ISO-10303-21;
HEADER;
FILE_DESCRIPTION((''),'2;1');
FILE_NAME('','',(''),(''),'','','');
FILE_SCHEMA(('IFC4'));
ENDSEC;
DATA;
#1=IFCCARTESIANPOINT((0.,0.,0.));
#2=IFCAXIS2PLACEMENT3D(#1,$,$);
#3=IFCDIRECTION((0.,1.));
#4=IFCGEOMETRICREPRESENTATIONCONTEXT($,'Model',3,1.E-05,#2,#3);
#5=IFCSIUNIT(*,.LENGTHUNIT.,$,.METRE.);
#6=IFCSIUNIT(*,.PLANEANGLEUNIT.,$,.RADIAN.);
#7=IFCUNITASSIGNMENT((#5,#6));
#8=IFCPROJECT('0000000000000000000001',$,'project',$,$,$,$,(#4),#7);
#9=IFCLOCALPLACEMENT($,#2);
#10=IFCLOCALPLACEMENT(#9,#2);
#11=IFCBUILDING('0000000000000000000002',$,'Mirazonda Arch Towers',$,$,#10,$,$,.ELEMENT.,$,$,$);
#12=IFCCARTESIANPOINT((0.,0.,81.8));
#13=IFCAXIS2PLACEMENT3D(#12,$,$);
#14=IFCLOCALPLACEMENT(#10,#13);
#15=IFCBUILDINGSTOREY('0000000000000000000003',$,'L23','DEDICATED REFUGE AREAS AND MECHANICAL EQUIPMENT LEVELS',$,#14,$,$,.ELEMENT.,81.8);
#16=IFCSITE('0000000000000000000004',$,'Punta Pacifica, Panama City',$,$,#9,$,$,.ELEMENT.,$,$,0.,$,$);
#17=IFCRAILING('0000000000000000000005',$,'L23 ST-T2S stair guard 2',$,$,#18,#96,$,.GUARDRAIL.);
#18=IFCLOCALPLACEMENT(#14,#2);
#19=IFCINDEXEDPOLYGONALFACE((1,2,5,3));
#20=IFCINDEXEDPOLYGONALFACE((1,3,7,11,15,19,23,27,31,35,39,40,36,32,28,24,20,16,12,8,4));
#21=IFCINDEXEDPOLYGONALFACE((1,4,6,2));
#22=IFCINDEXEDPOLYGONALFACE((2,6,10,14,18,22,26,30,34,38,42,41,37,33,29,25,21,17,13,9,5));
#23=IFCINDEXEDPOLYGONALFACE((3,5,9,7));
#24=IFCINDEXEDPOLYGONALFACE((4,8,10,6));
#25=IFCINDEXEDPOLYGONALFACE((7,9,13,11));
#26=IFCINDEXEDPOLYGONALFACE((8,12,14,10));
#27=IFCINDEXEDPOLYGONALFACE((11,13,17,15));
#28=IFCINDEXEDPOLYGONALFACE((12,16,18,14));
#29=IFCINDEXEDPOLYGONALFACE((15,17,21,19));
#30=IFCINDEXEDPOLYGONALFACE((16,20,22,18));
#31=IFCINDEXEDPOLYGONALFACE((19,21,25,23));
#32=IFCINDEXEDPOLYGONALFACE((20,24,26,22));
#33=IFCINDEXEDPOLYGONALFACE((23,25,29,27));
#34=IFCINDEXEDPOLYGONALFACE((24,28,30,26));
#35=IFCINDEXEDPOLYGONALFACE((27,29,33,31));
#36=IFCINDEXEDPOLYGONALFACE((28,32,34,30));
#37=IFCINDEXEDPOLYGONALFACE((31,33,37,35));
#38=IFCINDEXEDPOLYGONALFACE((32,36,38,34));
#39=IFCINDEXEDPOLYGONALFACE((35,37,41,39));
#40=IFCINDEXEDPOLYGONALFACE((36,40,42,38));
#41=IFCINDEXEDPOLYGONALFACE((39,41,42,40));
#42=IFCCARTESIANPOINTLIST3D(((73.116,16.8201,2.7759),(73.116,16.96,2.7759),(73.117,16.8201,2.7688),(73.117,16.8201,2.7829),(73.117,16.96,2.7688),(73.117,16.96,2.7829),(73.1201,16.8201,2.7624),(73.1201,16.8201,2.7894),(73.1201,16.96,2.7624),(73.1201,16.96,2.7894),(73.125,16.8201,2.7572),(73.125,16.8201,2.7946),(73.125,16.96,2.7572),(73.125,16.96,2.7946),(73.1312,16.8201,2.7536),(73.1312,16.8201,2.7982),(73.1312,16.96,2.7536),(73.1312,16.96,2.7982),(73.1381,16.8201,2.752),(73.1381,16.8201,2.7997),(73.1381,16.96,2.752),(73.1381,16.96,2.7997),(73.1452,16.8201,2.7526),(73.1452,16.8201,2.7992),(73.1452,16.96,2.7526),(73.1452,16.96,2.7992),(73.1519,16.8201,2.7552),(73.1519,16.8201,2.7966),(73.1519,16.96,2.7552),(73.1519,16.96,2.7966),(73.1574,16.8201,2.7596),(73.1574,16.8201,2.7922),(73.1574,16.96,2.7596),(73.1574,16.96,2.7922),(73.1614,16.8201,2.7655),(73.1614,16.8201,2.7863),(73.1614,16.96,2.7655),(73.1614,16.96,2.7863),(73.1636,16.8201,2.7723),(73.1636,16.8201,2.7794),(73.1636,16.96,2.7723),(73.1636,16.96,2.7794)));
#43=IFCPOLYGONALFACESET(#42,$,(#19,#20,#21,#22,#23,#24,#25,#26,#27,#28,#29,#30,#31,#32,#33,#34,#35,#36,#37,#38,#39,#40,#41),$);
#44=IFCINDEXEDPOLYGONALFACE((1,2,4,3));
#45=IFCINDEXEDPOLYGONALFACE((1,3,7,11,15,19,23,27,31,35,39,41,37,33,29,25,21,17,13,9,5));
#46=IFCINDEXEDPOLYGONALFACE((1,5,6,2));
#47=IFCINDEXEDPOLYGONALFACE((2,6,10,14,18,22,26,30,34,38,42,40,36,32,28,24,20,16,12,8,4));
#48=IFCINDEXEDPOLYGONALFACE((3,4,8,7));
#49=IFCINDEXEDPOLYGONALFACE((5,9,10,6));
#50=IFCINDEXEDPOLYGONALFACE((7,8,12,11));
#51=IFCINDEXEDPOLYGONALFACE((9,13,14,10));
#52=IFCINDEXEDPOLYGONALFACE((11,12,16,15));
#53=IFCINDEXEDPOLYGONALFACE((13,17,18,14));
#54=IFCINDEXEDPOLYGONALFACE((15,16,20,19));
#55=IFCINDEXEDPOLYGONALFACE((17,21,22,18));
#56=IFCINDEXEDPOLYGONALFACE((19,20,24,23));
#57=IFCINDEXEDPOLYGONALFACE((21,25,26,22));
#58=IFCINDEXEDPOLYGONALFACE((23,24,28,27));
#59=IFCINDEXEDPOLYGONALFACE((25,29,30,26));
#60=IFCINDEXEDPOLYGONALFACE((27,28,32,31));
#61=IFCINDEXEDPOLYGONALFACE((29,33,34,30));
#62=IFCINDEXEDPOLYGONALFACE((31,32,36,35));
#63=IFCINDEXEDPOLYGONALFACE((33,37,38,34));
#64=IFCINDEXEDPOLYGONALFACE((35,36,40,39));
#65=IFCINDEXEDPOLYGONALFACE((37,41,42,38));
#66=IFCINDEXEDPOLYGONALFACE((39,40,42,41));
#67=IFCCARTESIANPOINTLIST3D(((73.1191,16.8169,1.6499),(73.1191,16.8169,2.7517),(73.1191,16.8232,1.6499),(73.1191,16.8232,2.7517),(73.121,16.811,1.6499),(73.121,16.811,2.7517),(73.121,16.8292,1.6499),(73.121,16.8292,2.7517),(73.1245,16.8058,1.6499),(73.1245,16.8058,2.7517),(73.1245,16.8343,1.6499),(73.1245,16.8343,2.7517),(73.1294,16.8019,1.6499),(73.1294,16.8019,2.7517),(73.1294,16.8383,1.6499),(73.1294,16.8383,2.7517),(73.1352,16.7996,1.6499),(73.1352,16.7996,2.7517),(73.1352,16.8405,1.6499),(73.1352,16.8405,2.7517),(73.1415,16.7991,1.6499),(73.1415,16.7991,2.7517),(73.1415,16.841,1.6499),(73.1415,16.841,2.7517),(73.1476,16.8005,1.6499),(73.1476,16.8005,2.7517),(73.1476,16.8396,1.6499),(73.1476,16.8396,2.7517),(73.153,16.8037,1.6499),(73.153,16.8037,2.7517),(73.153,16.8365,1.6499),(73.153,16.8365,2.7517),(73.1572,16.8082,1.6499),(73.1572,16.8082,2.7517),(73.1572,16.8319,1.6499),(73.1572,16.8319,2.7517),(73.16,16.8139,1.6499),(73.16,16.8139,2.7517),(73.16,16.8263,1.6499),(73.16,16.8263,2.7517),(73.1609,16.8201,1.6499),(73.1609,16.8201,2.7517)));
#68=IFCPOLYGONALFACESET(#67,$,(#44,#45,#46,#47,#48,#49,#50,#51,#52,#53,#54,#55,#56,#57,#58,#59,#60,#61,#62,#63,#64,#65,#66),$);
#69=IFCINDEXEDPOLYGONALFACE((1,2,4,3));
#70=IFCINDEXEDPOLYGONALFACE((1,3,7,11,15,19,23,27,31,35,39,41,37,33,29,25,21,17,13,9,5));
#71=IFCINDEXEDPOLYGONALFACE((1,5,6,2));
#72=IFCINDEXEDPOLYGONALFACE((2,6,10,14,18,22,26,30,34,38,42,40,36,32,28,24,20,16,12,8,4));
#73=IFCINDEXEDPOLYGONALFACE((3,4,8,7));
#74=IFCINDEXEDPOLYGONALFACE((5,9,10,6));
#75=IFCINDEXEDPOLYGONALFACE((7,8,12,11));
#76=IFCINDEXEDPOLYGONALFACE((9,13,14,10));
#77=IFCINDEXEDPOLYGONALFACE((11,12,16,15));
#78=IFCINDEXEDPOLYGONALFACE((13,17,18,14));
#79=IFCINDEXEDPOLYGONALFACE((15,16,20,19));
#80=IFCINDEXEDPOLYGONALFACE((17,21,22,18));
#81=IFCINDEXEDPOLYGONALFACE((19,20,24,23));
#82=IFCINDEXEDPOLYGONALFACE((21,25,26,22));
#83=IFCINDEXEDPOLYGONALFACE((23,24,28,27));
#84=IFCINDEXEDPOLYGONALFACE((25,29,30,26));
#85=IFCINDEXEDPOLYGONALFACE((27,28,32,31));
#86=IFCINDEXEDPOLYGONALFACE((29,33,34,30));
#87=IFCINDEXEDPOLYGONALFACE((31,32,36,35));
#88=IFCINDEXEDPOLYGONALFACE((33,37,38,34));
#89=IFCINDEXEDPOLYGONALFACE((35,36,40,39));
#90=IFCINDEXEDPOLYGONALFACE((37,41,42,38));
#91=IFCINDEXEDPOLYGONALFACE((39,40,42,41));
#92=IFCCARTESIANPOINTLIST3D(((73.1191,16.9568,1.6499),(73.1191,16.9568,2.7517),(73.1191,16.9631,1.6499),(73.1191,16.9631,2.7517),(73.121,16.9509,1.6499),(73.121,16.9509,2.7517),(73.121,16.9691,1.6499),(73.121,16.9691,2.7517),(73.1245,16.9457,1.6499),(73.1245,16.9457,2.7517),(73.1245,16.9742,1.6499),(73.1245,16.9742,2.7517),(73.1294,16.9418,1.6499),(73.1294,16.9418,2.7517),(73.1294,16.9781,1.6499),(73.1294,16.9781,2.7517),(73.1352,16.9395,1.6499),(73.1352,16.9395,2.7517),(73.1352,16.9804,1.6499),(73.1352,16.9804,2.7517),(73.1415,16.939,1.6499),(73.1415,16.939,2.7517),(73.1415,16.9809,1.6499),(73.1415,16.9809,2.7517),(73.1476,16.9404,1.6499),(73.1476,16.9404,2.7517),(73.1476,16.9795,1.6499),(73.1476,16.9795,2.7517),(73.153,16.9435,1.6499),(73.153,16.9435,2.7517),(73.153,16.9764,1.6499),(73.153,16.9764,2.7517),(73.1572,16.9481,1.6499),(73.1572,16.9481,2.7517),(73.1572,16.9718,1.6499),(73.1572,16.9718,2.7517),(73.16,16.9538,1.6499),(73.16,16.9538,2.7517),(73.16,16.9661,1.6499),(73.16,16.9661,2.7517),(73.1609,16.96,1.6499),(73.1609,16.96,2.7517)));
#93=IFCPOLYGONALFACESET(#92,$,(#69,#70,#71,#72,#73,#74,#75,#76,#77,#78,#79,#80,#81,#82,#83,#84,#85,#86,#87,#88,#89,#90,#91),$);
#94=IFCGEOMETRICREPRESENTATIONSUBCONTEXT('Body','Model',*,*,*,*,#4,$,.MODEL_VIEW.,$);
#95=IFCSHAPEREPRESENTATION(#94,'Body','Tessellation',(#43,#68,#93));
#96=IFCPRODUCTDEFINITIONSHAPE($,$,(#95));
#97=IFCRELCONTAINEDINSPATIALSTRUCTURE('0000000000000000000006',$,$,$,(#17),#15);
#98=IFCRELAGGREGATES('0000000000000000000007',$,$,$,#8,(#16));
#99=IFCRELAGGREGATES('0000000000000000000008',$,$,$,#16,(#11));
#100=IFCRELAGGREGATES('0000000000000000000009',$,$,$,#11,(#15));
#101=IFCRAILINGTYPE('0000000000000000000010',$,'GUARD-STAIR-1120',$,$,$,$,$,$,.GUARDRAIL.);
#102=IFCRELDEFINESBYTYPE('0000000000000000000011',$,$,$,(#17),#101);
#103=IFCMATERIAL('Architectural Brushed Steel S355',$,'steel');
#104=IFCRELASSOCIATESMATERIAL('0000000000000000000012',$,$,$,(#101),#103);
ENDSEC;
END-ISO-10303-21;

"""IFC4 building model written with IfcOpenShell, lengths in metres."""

from ifc_helpers import new_model, si_unit, direction, frame, origin, origin_2d, place, context, subcontext, project, spatial, circle, extrude, material, type_object, element, save


model = new_model("IFC4")

# Units and contexts
model_context = context("Model", 3, precision=1e-05, world=origin(), true_north=direction((0.0, 1.0)))
body_context = subcontext(model_context, "Body", "Model", "MODEL_VIEW")
ifc_project = project(units=[si_unit("LENGTHUNIT", "METRE"), si_unit("PLANEANGLEUNIT", "RADIAN")], contexts=[model_context])

# Site, building, storey
site_placement = place(None, origin())
site = spatial("IfcSite", under=ifc_project, at=site_placement, Name="Punta Pacifica, Panama City", CompositionType="ELEMENT", RefElevation=0.0)
building_placement = place(site_placement, origin())
building = spatial("IfcBuilding", under=site, at=building_placement, Name="Mirazonda Arch Towers", CompositionType="ELEMENT")
storey_placement = place(building_placement, frame((0.0, 0.0, 81.8)))
storey = spatial("IfcBuildingStorey", under=building, at=storey_placement, Name="L23", Description="DEDICATED REFUGE AREAS AND MECHANICAL EQUIPMENT LEVELS", CompositionType="ELEMENT", Elevation=81.8)

# Shared definitions
ifc_material_1 = material(Name="Architectural Brushed Steel S355", Category="steel")

# Railing
railing_type_1 = type_object("IfcRailingType", Name="GUARD-STAIR-1120", PredefinedType="GUARDRAIL", material=ifc_material_1)
railing_1_placement = place(storey_placement, frame((73.1399, 16.8201, 1.6499)))
element("IfcRailing", 1, at=railing_1_placement, inside=storey, type_object=railing_type_1, Name="L23 ST-T2S stair guard 2", PredefinedType="GUARDRAIL", context=body_context, shape_type="SweptSolid", body=[
    extrude(circle(Radius=0.0239, at=origin_2d()), frame((0.0, 0.0, 1.126), z_axis=(0.0, 1.0, 0.0), x_axis=(-1.0, 0.0, 0.0)), (0.0, 0.0, 1.0), 0.1399),
    extrude(circle(Radius=0.021, at=origin_2d()), origin(), (0.0, 0.0, 1.0), 1.1018),
    extrude(circle(Radius=0.021, at=origin_2d()), frame((0.0, 0.1399, 0.0)), (0.0, 0.0, 1.0), 1.1018),
])

save(model, "model.ifc")
